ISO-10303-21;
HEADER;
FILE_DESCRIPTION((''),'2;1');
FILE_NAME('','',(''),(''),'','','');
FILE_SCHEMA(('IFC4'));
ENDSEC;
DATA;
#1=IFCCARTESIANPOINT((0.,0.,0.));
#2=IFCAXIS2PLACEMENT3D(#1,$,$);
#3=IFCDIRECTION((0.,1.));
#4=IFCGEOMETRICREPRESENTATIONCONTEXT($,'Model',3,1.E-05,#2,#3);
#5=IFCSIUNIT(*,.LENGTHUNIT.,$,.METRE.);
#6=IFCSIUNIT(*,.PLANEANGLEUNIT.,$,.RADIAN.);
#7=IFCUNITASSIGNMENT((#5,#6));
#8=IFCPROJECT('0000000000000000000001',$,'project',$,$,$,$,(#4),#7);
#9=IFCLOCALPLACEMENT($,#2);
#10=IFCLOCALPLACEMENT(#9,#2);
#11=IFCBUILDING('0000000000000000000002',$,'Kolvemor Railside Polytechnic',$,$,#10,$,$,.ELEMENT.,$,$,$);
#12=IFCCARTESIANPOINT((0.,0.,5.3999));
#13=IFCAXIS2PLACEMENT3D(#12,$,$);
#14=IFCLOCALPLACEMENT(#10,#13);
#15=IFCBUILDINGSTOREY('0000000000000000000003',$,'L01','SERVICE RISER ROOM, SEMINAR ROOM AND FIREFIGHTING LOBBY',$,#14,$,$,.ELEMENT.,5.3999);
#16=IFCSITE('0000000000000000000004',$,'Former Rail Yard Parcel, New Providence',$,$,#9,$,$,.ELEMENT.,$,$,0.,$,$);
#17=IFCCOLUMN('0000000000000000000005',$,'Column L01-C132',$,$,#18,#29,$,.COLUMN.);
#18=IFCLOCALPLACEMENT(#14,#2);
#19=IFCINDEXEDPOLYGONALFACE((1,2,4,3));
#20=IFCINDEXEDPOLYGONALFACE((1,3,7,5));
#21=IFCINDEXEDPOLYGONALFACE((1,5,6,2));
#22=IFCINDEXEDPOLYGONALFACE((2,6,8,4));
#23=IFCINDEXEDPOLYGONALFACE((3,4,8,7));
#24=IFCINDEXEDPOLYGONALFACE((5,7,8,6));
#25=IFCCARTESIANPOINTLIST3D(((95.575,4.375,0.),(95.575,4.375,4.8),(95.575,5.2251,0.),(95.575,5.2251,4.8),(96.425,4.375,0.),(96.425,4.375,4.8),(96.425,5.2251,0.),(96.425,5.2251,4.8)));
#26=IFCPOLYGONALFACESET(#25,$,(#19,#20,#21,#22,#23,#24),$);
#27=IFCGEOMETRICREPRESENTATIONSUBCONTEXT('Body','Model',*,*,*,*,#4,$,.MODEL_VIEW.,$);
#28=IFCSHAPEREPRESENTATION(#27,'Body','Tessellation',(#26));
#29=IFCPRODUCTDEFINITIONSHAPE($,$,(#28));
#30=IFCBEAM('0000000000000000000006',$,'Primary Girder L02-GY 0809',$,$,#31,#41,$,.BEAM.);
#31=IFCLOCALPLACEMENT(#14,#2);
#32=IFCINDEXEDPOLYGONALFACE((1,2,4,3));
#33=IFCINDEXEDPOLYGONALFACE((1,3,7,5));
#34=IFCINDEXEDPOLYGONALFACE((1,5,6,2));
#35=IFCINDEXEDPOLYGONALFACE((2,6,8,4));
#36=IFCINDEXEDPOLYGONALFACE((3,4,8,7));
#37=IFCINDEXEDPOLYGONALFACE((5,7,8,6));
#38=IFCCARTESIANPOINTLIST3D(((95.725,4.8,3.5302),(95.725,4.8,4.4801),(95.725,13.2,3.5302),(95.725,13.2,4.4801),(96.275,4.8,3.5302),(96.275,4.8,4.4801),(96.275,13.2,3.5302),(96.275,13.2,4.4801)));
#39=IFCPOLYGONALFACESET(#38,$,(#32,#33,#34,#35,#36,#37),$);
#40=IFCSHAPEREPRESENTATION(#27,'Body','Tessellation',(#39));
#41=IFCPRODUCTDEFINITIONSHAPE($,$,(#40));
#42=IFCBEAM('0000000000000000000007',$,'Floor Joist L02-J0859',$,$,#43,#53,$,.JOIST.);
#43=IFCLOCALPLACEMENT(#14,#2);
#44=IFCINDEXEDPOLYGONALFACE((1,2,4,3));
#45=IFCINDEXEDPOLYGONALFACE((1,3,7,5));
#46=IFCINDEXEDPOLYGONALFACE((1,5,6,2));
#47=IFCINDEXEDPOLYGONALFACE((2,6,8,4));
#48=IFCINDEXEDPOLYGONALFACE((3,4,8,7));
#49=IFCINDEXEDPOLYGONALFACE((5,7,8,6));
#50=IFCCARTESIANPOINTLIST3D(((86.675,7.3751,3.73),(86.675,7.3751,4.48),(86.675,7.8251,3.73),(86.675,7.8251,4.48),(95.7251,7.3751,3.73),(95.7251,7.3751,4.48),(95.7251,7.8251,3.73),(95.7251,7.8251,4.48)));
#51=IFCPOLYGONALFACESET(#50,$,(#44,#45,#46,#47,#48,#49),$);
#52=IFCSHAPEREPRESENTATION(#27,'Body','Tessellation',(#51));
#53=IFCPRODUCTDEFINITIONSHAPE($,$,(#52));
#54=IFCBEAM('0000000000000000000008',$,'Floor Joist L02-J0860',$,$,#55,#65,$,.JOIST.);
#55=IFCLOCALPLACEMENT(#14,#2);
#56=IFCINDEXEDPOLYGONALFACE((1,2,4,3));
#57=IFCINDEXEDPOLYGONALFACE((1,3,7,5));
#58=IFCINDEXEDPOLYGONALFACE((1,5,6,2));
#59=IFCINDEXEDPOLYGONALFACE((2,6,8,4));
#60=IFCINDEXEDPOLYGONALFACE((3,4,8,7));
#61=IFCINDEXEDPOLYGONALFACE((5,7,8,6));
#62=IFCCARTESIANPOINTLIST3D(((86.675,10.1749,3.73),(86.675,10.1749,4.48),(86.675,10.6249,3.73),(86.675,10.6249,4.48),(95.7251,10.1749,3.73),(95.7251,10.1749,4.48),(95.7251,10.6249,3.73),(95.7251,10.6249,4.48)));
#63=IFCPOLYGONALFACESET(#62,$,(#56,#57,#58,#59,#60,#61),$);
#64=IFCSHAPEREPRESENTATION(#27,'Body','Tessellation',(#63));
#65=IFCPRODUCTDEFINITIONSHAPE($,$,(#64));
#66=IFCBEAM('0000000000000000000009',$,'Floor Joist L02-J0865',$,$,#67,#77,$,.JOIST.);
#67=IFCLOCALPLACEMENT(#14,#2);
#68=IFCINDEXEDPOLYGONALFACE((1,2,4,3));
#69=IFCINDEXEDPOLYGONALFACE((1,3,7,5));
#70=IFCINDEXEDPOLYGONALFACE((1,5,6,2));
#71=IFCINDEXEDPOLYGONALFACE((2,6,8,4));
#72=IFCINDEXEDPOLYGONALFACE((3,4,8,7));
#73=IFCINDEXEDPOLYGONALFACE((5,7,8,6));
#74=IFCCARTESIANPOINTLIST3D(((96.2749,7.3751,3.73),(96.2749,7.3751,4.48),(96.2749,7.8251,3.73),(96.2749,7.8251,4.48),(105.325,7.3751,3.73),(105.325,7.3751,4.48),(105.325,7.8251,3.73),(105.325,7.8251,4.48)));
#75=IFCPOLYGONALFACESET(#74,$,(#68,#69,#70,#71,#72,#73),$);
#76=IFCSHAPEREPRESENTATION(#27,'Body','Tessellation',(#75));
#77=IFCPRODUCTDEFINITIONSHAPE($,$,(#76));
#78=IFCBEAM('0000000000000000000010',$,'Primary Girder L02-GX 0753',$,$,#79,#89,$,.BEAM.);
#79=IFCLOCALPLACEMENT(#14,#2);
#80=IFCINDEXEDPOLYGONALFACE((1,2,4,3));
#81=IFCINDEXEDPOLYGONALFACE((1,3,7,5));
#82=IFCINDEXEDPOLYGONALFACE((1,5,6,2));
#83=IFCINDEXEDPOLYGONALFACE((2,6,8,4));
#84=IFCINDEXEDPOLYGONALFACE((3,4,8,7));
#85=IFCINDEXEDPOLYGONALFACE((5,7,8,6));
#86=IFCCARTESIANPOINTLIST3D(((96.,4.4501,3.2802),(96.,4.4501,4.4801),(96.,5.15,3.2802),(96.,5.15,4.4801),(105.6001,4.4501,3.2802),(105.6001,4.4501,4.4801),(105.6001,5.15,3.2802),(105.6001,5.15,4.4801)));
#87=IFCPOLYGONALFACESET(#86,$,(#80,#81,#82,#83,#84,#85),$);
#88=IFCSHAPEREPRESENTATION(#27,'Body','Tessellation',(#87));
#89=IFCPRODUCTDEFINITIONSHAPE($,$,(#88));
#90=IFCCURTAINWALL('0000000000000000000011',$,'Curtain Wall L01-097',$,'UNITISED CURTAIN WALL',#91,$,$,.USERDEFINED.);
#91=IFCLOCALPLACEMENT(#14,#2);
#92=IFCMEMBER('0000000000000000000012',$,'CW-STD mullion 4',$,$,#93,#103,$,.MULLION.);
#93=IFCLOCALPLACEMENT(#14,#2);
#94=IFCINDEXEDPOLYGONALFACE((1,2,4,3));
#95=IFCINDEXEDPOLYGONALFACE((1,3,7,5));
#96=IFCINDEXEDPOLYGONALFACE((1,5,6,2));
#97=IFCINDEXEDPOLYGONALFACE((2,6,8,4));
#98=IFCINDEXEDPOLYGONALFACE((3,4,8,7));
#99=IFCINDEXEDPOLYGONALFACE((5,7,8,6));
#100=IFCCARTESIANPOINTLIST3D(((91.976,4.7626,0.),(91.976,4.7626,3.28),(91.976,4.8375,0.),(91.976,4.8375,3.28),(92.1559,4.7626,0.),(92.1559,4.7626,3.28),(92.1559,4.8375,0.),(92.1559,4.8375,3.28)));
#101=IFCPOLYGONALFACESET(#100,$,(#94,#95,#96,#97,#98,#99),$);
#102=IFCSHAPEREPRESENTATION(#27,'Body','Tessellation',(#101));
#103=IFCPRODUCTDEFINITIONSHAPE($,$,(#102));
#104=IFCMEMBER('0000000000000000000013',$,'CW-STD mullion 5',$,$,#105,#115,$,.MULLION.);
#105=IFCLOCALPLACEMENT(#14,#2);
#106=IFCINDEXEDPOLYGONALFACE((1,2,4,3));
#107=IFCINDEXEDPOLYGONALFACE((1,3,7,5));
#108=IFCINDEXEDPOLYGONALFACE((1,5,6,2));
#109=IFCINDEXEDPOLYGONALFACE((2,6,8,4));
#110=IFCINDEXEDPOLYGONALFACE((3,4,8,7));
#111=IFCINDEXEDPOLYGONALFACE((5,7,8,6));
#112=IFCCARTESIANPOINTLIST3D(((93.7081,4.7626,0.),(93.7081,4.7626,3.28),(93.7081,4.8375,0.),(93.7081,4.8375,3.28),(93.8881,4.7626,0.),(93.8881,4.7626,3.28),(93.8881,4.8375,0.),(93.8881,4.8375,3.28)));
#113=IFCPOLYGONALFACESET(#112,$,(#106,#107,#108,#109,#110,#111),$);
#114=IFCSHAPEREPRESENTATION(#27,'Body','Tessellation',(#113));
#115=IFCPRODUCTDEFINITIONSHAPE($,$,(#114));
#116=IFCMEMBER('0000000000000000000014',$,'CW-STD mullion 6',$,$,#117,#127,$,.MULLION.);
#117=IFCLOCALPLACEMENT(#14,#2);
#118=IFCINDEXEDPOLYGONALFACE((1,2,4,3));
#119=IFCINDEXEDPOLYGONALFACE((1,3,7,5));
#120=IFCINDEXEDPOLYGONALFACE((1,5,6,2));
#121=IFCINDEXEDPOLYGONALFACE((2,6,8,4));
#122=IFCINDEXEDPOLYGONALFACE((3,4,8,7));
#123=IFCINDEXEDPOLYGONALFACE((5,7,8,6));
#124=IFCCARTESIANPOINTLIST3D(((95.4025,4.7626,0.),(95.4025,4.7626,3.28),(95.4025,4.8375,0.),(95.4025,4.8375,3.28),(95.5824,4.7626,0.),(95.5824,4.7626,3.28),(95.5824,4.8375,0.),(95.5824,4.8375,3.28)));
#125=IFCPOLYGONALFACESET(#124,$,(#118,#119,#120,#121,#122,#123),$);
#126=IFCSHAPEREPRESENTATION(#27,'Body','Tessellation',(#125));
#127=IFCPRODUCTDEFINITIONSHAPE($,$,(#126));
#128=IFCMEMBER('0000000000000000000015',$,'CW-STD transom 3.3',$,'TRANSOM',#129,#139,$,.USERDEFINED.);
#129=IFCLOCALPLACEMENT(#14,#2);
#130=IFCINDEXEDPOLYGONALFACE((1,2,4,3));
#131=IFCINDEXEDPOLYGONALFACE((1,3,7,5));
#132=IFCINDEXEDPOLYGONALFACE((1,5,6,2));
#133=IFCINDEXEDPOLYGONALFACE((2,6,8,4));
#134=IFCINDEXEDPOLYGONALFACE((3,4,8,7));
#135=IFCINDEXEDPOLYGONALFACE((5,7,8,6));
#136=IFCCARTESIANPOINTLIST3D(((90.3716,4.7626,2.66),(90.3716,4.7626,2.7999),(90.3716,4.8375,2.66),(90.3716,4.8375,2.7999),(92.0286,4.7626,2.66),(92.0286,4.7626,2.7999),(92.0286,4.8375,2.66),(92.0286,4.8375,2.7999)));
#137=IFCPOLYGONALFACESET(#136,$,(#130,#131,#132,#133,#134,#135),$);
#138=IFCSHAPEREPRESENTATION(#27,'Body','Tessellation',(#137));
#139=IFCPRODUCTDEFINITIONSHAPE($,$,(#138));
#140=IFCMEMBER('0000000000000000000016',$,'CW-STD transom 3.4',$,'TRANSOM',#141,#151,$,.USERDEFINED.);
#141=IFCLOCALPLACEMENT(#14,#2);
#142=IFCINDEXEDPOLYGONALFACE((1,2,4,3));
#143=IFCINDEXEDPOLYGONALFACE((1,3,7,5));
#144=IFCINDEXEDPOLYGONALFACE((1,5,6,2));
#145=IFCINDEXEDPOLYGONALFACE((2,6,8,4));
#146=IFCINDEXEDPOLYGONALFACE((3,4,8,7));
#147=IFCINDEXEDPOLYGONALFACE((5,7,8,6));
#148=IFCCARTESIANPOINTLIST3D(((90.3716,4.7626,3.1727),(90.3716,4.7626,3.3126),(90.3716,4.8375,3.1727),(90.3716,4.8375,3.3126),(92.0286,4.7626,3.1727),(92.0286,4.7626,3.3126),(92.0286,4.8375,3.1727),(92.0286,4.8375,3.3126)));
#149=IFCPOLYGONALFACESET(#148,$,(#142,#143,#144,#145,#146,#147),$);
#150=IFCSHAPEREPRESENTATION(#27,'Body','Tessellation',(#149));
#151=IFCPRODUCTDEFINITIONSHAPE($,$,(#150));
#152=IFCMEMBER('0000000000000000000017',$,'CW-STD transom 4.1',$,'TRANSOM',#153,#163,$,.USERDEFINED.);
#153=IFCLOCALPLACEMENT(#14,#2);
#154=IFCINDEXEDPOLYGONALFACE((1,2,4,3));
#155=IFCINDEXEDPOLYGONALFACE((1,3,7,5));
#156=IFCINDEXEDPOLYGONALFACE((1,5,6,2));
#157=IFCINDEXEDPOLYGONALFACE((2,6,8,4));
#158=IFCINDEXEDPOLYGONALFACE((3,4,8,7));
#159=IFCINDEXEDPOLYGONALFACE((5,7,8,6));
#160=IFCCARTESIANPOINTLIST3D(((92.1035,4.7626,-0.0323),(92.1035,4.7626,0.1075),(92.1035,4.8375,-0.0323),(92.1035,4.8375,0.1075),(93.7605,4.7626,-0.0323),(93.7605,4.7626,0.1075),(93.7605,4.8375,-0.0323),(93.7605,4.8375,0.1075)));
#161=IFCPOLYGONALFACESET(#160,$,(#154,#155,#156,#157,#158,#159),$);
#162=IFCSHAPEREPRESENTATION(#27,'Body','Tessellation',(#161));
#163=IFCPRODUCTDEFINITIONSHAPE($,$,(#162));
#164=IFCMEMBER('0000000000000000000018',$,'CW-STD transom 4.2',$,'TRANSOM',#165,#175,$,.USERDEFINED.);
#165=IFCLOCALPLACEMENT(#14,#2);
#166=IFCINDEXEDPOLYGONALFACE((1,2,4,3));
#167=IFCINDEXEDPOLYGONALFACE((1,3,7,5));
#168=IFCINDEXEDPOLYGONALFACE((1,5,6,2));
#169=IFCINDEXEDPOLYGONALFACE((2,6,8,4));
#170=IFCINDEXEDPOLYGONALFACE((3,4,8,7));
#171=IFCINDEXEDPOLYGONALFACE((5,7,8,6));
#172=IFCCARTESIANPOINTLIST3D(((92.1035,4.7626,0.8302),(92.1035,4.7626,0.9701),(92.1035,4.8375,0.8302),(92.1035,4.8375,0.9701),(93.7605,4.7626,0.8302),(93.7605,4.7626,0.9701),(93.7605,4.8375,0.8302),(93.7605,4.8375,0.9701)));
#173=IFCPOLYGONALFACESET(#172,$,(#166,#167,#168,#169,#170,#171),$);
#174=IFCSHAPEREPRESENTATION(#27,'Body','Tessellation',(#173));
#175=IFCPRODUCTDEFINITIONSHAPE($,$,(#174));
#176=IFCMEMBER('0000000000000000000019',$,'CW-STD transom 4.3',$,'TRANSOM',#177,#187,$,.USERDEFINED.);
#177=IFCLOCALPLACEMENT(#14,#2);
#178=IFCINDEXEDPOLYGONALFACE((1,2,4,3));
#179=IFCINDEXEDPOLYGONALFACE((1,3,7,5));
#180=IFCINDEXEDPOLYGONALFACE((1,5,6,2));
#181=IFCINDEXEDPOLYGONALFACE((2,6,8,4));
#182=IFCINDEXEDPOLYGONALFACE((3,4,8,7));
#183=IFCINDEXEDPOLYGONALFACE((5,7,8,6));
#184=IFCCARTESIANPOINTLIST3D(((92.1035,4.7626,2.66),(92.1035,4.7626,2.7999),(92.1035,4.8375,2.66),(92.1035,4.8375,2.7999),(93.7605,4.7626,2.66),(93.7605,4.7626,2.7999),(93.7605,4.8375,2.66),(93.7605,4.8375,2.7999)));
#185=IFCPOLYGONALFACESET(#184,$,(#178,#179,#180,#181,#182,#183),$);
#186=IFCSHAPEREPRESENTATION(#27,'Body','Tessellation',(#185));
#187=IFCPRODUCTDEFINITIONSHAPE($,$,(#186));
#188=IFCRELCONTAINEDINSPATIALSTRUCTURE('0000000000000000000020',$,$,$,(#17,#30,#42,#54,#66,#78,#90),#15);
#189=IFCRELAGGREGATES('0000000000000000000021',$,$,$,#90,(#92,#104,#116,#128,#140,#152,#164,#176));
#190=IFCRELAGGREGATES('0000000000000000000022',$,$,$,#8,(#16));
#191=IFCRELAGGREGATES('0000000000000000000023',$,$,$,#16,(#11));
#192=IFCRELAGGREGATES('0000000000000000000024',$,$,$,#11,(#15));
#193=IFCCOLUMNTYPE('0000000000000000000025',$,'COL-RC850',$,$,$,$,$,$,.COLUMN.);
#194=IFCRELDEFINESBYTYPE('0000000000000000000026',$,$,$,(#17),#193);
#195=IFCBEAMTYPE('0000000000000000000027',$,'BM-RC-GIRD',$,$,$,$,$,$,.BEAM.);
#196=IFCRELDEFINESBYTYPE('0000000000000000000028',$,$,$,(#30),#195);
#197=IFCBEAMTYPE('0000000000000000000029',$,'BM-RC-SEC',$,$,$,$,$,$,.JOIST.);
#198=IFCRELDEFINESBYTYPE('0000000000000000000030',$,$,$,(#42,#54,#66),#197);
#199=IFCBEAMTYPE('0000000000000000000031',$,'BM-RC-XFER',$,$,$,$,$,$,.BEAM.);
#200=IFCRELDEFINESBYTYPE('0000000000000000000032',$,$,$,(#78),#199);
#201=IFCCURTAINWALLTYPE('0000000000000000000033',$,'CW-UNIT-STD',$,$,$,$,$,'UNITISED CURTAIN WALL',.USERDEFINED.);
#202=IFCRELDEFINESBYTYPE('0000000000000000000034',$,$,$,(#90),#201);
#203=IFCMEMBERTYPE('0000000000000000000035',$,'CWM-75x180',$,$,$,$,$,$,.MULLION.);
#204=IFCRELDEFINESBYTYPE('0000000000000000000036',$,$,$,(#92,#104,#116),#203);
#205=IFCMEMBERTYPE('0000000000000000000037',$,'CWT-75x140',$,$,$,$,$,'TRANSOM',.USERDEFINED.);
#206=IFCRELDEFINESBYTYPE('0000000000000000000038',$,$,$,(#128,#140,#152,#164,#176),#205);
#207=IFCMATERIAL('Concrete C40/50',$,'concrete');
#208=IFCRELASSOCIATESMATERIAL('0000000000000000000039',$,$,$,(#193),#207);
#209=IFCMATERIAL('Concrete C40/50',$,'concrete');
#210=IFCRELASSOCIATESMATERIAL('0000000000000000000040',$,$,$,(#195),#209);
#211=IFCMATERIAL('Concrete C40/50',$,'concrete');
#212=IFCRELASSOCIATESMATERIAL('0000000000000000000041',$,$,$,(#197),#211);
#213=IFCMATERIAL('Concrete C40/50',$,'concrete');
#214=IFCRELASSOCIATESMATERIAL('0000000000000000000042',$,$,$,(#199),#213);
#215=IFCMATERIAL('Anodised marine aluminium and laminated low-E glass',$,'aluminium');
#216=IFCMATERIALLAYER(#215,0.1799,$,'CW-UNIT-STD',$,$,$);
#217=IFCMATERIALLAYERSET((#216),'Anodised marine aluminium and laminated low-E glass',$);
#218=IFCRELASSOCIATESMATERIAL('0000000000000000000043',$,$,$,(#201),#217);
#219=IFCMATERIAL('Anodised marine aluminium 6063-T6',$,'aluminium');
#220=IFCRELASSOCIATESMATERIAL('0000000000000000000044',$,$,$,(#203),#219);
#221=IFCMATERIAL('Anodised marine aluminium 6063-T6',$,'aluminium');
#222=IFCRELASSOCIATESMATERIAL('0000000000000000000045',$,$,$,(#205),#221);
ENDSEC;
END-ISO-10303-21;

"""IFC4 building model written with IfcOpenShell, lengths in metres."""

from ifc_helpers import new_model, si_unit, direction, frame, origin, origin_2d, place, context, subcontext, project, spatial, rectangle, extrude, material, layer, layer_set, material_profile, profile_set, type_object, element, aggregate, save


model = new_model("IFC4")

# Units and contexts
model_context = context("Model", 3, precision=1e-05, world=origin(), true_north=direction((0.0, 1.0)))
body_context = subcontext(model_context, "Body", "Model", "MODEL_VIEW")
ifc_project = project(units=[si_unit("LENGTHUNIT", "METRE"), si_unit("PLANEANGLEUNIT", "RADIAN")], contexts=[model_context])

# Site, building, storey
site_placement = place(None, origin())
site = spatial("IfcSite", under=ifc_project, at=site_placement, Name="Former Rail Yard Parcel, New Providence", CompositionType="ELEMENT", RefElevation=0.0)
building_placement = place(site_placement, origin())
building = spatial("IfcBuilding", under=site, at=building_placement, Name="Kolvemor Railside Polytechnic", CompositionType="ELEMENT")
storey_placement = place(building_placement, frame((0.0, 0.0, 5.3999)))
storey = spatial("IfcBuildingStorey", under=building, at=storey_placement, Name="L01", Description="SERVICE RISER ROOM, SEMINAR ROOM AND FIREFIGHTING LOBBY", CompositionType="ELEMENT", Elevation=5.3999)

# Column
ifc_material_1 = material(Name="Concrete C40/50", Category="concrete")
ifc_material_profile_1 = material_profile(ifc_material_1, rectangle(XDim=0.8501, YDim=0.8501, at=origin_2d()), Name="RC850x850")
ifc_profile_set_1 = profile_set([ifc_material_profile_1], Name="Concrete C40/50")
column_type = type_object("IfcColumnType", Name="COL-RC850", PredefinedType="COLUMN", material=ifc_profile_set_1)
column_placement = place(storey_placement, frame((96.0, 4.8, 0.0), z_axis=(0.0, 0.0, 1.0), x_axis=(1.0, 0.0, 0.0)))
element("IfcColumn", 1, at=column_placement, inside=storey, type_object=column_type, Name="Column L01-C132", PredefinedType="COLUMN", context=body_context, shape_type="SweptSolid", body=[
    extrude(rectangle(XDim=0.8501, YDim=0.8501, at=origin_2d()), origin(), (0.0, 0.0, 1.0), 4.8),
])

# Beams
ifc_material_2 = material(Name="Concrete C40/50", Category="concrete")
ifc_material_profile_2 = material_profile(ifc_material_2, rectangle(XDim=0.55, YDim=0.95, at=origin_2d()), Name="RC550x950")
ifc_profile_set_2 = profile_set([ifc_material_profile_2], Name="Concrete C40/50")
beam_type_1 = type_object("IfcBeamType", Name="BM-RC-GIRD", PredefinedType="BEAM", material=ifc_profile_set_2)
beam_1_placement = place(storey_placement, frame((96.0, 4.8, 4.0051), z_axis=(0.0, 1.0, 0.0), x_axis=(-1.0, 0.0, 0.0)))
element("IfcBeam", 2, at=beam_1_placement, inside=storey, type_object=beam_type_1, Name="Primary Girder L02-GY 0809", PredefinedType="BEAM", context=body_context, shape_type="SweptSolid", body=[
    extrude(rectangle(XDim=0.55, YDim=0.95, at=origin_2d()), origin(), (0.0, 0.0, 1.0), 8.3999),
])
ifc_material_3 = material(Name="Concrete C40/50", Category="concrete")
ifc_material_profile_3 = material_profile(ifc_material_3, rectangle(XDim=0.45, YDim=0.75, at=origin_2d()), Name="RC450x750")
ifc_profile_set_3 = profile_set([ifc_material_profile_3], Name="Concrete C40/50")
beam_type_2 = type_object("IfcBeamType", Name="BM-RC-SEC", PredefinedType="JOIST", material=ifc_profile_set_3)
for number, where, z_axis, x_axis, name in (
    (3, (86.675, 7.6001, 4.105), (1.0, 0.0, 0.0), (0.0, 1.0, 0.0), "Floor Joist L02-J0859"),
    (4, (86.675, 10.3999, 4.105), (1.0, 0.0, 0.0), (0.0, 1.0, 0.0), "Floor Joist L02-J0860"),
    (5, (96.2749, 7.6001, 4.105), (1.0, 0.0, 0.0), (0.0, 1.0, 0.0), "Floor Joist L02-J0865"),
):
    element("IfcBeam", number, at=place(storey_placement, frame(where, z_axis=z_axis, x_axis=x_axis)), inside=storey, type_object=beam_type_2, Name=name, PredefinedType="JOIST", context=body_context, shape_type="SweptSolid", body=[
        extrude(rectangle(XDim=0.45, YDim=0.75, at=origin_2d()), origin(), (0.0, 0.0, 1.0), 9.05),
    ])
ifc_material_4 = material(Name="Concrete C40/50", Category="concrete")
ifc_material_profile_4 = material_profile(ifc_material_4, rectangle(XDim=0.7, YDim=1.2, at=origin_2d()), Name="RC700x1200")
ifc_profile_set_4 = profile_set([ifc_material_profile_4], Name="Concrete C40/50")
beam_type_3 = type_object("IfcBeamType", Name="BM-RC-XFER", PredefinedType="BEAM", material=ifc_profile_set_4)
beam_2_placement = place(storey_placement, frame((96.0, 4.8, 3.8801), z_axis=(1.0, 0.0, 0.0), x_axis=(0.0, 1.0, 0.0)))
element("IfcBeam", 6, at=beam_2_placement, inside=storey, type_object=beam_type_3, Name="Primary Girder L02-GX 0753", PredefinedType="BEAM", context=body_context, shape_type="SweptSolid", body=[
    extrude(rectangle(XDim=0.7, YDim=1.2, at=origin_2d()), origin(), (0.0, 0.0, 1.0), 9.6001),
])

# Curtain wall, members
ifc_material_5 = material(Name="Anodised marine aluminium and laminated low-E glass", Category="aluminium")
ifc_layer_1 = layer(ifc_material_5, 0.1799, Name="CW-UNIT-STD")
ifc_layer_set_1 = layer_set([ifc_layer_1], Name="Anodised marine aluminium and laminated low-E glass")
curtain_wall_type = type_object("IfcCurtainWallType", Name="CW-UNIT-STD", ElementType="UNITISED CURTAIN WALL", PredefinedType="USERDEFINED", material=ifc_layer_set_1)
curtain_wall_placement = place(storey_placement, origin())
curtain_wall = element("IfcCurtainWall", 7, at=curtain_wall_placement, inside=storey, type_object=curtain_wall_type, Name="Curtain Wall L01-097", ObjectType="UNITISED CURTAIN WALL", PredefinedType="USERDEFINED")
ifc_material_6 = material(Name="Anodised marine aluminium 6063-T6", Category="aluminium")
ifc_material_profile_5 = material_profile(ifc_material_6, rectangle(XDim=0.075, YDim=0.1799, at=origin_2d()), Name="CW-MUL-75x180")
ifc_profile_set_5 = profile_set([ifc_material_profile_5], Name="Anodised marine aluminium 6063-T6")
member_type_1 = type_object("IfcMemberType", Name="CWM-75x180", PredefinedType="MULLION", material=ifc_profile_set_5)
member_1_placement = place(storey_placement, frame((92.0659, 4.8, 0.0), z_axis=(0.0, 0.0, 1.0), x_axis=(0.0, 1.0, 0.0)))
member_1 = element("IfcMember", 8, at=member_1_placement, type_object=member_type_1, Name="CW-STD mullion 4", PredefinedType="MULLION", context=body_context, shape_type="SweptSolid", body=[
    extrude(rectangle(XDim=0.075, YDim=0.1799, at=origin_2d()), origin(), (0.0, 0.0, 1.0), 3.28),
])
member_2_placement = place(storey_placement, frame((93.7981, 4.8, 0.0), z_axis=(0.0, 0.0, 1.0), x_axis=(0.0, 1.0, 0.0)))
member_2 = element("IfcMember", 9, at=member_2_placement, type_object=member_type_1, Name="CW-STD mullion 5", PredefinedType="MULLION", context=body_context, shape_type="SweptSolid", body=[
    extrude(rectangle(XDim=0.075, YDim=0.1799, at=origin_2d()), origin(), (0.0, 0.0, 1.0), 3.28),
])
member_3_placement = place(storey_placement, frame((95.4924, 4.8, 0.0), z_axis=(0.0, 0.0, 1.0), x_axis=(0.0, 1.0, 0.0)))
member_3 = element("IfcMember", 10, at=member_3_placement, type_object=member_type_1, Name="CW-STD mullion 6", PredefinedType="MULLION", context=body_context, shape_type="SweptSolid", body=[
    extrude(rectangle(XDim=0.075, YDim=0.1799, at=origin_2d()), origin(), (0.0, 0.0, 1.0), 3.28),
])
ifc_material_7 = material(Name="Anodised marine aluminium 6063-T6", Category="aluminium")
ifc_material_profile_6 = material_profile(ifc_material_7, rectangle(XDim=0.075, YDim=0.1399, at=origin_2d()), Name="CW-TRN-75x140")
ifc_profile_set_6 = profile_set([ifc_material_profile_6], Name="Anodised marine aluminium 6063-T6")
member_type_2 = type_object("IfcMemberType", Name="CWT-75x140", ElementType="TRANSOM", PredefinedType="USERDEFINED", material=ifc_profile_set_6)
member_4_placement = place(storey_placement, frame((90.3716, 4.8, 2.73), z_axis=(1.0, 0.0, 0.0), x_axis=(0.0, 1.0, 0.0)))
member_4 = element("IfcMember", 11, at=member_4_placement, type_object=member_type_2, Name="CW-STD transom 3.3", ObjectType="TRANSOM", PredefinedType="USERDEFINED", context=body_context, shape_type="SweptSolid", body=[
    extrude(rectangle(XDim=0.075, YDim=0.1399, at=origin_2d()), origin(), (0.0, 0.0, 1.0), 1.657),
])
member_5_placement = place(storey_placement, frame((90.3716, 4.8, 3.2427), z_axis=(1.0, 0.0, 0.0), x_axis=(0.0, 1.0, 0.0)))
member_5 = element("IfcMember", 12, at=member_5_placement, type_object=member_type_2, Name="CW-STD transom 3.4", ObjectType="TRANSOM", PredefinedType="USERDEFINED", context=body_context, shape_type="SweptSolid", body=[
    extrude(rectangle(XDim=0.075, YDim=0.1399, at=origin_2d()), origin(), (0.0, 0.0, 1.0), 1.657),
])
member_6_placement = place(storey_placement, frame((92.1035, 4.8, 0.0376), z_axis=(1.0, 0.0, 0.0), x_axis=(0.0, 1.0, 0.0)))
member_6 = element("IfcMember", 13, at=member_6_placement, type_object=member_type_2, Name="CW-STD transom 4.1", ObjectType="TRANSOM", PredefinedType="USERDEFINED", context=body_context, shape_type="SweptSolid", body=[
    extrude(rectangle(XDim=0.075, YDim=0.1399, at=origin_2d()), origin(), (0.0, 0.0, 1.0), 1.657),
])
member_7_placement = place(storey_placement, frame((92.1035, 4.8, 0.9001), z_axis=(1.0, 0.0, 0.0), x_axis=(0.0, 1.0, 0.0)))
member_7 = element("IfcMember", 14, at=member_7_placement, type_object=member_type_2, Name="CW-STD transom 4.2", ObjectType="TRANSOM", PredefinedType="USERDEFINED", context=body_context, shape_type="SweptSolid", body=[
    extrude(rectangle(XDim=0.075, YDim=0.1399, at=origin_2d()), origin(), (0.0, 0.0, 1.0), 1.657),
])
member_8_placement = place(storey_placement, frame((92.1035, 4.8, 2.73), z_axis=(1.0, 0.0, 0.0), x_axis=(0.0, 1.0, 0.0)))
member_8 = element("IfcMember", 15, at=member_8_placement, type_object=member_type_2, Name="CW-STD transom 4.3", ObjectType="TRANSOM", PredefinedType="USERDEFINED", context=body_context, shape_type="SweptSolid", body=[
    extrude(rectangle(XDim=0.075, YDim=0.1399, at=origin_2d()), origin(), (0.0, 0.0, 1.0), 1.657),
])
aggregate(curtain_wall, [member_1, member_2, member_3, member_4, member_5, member_6, member_7, member_8])

save(model, "model.ifc")
